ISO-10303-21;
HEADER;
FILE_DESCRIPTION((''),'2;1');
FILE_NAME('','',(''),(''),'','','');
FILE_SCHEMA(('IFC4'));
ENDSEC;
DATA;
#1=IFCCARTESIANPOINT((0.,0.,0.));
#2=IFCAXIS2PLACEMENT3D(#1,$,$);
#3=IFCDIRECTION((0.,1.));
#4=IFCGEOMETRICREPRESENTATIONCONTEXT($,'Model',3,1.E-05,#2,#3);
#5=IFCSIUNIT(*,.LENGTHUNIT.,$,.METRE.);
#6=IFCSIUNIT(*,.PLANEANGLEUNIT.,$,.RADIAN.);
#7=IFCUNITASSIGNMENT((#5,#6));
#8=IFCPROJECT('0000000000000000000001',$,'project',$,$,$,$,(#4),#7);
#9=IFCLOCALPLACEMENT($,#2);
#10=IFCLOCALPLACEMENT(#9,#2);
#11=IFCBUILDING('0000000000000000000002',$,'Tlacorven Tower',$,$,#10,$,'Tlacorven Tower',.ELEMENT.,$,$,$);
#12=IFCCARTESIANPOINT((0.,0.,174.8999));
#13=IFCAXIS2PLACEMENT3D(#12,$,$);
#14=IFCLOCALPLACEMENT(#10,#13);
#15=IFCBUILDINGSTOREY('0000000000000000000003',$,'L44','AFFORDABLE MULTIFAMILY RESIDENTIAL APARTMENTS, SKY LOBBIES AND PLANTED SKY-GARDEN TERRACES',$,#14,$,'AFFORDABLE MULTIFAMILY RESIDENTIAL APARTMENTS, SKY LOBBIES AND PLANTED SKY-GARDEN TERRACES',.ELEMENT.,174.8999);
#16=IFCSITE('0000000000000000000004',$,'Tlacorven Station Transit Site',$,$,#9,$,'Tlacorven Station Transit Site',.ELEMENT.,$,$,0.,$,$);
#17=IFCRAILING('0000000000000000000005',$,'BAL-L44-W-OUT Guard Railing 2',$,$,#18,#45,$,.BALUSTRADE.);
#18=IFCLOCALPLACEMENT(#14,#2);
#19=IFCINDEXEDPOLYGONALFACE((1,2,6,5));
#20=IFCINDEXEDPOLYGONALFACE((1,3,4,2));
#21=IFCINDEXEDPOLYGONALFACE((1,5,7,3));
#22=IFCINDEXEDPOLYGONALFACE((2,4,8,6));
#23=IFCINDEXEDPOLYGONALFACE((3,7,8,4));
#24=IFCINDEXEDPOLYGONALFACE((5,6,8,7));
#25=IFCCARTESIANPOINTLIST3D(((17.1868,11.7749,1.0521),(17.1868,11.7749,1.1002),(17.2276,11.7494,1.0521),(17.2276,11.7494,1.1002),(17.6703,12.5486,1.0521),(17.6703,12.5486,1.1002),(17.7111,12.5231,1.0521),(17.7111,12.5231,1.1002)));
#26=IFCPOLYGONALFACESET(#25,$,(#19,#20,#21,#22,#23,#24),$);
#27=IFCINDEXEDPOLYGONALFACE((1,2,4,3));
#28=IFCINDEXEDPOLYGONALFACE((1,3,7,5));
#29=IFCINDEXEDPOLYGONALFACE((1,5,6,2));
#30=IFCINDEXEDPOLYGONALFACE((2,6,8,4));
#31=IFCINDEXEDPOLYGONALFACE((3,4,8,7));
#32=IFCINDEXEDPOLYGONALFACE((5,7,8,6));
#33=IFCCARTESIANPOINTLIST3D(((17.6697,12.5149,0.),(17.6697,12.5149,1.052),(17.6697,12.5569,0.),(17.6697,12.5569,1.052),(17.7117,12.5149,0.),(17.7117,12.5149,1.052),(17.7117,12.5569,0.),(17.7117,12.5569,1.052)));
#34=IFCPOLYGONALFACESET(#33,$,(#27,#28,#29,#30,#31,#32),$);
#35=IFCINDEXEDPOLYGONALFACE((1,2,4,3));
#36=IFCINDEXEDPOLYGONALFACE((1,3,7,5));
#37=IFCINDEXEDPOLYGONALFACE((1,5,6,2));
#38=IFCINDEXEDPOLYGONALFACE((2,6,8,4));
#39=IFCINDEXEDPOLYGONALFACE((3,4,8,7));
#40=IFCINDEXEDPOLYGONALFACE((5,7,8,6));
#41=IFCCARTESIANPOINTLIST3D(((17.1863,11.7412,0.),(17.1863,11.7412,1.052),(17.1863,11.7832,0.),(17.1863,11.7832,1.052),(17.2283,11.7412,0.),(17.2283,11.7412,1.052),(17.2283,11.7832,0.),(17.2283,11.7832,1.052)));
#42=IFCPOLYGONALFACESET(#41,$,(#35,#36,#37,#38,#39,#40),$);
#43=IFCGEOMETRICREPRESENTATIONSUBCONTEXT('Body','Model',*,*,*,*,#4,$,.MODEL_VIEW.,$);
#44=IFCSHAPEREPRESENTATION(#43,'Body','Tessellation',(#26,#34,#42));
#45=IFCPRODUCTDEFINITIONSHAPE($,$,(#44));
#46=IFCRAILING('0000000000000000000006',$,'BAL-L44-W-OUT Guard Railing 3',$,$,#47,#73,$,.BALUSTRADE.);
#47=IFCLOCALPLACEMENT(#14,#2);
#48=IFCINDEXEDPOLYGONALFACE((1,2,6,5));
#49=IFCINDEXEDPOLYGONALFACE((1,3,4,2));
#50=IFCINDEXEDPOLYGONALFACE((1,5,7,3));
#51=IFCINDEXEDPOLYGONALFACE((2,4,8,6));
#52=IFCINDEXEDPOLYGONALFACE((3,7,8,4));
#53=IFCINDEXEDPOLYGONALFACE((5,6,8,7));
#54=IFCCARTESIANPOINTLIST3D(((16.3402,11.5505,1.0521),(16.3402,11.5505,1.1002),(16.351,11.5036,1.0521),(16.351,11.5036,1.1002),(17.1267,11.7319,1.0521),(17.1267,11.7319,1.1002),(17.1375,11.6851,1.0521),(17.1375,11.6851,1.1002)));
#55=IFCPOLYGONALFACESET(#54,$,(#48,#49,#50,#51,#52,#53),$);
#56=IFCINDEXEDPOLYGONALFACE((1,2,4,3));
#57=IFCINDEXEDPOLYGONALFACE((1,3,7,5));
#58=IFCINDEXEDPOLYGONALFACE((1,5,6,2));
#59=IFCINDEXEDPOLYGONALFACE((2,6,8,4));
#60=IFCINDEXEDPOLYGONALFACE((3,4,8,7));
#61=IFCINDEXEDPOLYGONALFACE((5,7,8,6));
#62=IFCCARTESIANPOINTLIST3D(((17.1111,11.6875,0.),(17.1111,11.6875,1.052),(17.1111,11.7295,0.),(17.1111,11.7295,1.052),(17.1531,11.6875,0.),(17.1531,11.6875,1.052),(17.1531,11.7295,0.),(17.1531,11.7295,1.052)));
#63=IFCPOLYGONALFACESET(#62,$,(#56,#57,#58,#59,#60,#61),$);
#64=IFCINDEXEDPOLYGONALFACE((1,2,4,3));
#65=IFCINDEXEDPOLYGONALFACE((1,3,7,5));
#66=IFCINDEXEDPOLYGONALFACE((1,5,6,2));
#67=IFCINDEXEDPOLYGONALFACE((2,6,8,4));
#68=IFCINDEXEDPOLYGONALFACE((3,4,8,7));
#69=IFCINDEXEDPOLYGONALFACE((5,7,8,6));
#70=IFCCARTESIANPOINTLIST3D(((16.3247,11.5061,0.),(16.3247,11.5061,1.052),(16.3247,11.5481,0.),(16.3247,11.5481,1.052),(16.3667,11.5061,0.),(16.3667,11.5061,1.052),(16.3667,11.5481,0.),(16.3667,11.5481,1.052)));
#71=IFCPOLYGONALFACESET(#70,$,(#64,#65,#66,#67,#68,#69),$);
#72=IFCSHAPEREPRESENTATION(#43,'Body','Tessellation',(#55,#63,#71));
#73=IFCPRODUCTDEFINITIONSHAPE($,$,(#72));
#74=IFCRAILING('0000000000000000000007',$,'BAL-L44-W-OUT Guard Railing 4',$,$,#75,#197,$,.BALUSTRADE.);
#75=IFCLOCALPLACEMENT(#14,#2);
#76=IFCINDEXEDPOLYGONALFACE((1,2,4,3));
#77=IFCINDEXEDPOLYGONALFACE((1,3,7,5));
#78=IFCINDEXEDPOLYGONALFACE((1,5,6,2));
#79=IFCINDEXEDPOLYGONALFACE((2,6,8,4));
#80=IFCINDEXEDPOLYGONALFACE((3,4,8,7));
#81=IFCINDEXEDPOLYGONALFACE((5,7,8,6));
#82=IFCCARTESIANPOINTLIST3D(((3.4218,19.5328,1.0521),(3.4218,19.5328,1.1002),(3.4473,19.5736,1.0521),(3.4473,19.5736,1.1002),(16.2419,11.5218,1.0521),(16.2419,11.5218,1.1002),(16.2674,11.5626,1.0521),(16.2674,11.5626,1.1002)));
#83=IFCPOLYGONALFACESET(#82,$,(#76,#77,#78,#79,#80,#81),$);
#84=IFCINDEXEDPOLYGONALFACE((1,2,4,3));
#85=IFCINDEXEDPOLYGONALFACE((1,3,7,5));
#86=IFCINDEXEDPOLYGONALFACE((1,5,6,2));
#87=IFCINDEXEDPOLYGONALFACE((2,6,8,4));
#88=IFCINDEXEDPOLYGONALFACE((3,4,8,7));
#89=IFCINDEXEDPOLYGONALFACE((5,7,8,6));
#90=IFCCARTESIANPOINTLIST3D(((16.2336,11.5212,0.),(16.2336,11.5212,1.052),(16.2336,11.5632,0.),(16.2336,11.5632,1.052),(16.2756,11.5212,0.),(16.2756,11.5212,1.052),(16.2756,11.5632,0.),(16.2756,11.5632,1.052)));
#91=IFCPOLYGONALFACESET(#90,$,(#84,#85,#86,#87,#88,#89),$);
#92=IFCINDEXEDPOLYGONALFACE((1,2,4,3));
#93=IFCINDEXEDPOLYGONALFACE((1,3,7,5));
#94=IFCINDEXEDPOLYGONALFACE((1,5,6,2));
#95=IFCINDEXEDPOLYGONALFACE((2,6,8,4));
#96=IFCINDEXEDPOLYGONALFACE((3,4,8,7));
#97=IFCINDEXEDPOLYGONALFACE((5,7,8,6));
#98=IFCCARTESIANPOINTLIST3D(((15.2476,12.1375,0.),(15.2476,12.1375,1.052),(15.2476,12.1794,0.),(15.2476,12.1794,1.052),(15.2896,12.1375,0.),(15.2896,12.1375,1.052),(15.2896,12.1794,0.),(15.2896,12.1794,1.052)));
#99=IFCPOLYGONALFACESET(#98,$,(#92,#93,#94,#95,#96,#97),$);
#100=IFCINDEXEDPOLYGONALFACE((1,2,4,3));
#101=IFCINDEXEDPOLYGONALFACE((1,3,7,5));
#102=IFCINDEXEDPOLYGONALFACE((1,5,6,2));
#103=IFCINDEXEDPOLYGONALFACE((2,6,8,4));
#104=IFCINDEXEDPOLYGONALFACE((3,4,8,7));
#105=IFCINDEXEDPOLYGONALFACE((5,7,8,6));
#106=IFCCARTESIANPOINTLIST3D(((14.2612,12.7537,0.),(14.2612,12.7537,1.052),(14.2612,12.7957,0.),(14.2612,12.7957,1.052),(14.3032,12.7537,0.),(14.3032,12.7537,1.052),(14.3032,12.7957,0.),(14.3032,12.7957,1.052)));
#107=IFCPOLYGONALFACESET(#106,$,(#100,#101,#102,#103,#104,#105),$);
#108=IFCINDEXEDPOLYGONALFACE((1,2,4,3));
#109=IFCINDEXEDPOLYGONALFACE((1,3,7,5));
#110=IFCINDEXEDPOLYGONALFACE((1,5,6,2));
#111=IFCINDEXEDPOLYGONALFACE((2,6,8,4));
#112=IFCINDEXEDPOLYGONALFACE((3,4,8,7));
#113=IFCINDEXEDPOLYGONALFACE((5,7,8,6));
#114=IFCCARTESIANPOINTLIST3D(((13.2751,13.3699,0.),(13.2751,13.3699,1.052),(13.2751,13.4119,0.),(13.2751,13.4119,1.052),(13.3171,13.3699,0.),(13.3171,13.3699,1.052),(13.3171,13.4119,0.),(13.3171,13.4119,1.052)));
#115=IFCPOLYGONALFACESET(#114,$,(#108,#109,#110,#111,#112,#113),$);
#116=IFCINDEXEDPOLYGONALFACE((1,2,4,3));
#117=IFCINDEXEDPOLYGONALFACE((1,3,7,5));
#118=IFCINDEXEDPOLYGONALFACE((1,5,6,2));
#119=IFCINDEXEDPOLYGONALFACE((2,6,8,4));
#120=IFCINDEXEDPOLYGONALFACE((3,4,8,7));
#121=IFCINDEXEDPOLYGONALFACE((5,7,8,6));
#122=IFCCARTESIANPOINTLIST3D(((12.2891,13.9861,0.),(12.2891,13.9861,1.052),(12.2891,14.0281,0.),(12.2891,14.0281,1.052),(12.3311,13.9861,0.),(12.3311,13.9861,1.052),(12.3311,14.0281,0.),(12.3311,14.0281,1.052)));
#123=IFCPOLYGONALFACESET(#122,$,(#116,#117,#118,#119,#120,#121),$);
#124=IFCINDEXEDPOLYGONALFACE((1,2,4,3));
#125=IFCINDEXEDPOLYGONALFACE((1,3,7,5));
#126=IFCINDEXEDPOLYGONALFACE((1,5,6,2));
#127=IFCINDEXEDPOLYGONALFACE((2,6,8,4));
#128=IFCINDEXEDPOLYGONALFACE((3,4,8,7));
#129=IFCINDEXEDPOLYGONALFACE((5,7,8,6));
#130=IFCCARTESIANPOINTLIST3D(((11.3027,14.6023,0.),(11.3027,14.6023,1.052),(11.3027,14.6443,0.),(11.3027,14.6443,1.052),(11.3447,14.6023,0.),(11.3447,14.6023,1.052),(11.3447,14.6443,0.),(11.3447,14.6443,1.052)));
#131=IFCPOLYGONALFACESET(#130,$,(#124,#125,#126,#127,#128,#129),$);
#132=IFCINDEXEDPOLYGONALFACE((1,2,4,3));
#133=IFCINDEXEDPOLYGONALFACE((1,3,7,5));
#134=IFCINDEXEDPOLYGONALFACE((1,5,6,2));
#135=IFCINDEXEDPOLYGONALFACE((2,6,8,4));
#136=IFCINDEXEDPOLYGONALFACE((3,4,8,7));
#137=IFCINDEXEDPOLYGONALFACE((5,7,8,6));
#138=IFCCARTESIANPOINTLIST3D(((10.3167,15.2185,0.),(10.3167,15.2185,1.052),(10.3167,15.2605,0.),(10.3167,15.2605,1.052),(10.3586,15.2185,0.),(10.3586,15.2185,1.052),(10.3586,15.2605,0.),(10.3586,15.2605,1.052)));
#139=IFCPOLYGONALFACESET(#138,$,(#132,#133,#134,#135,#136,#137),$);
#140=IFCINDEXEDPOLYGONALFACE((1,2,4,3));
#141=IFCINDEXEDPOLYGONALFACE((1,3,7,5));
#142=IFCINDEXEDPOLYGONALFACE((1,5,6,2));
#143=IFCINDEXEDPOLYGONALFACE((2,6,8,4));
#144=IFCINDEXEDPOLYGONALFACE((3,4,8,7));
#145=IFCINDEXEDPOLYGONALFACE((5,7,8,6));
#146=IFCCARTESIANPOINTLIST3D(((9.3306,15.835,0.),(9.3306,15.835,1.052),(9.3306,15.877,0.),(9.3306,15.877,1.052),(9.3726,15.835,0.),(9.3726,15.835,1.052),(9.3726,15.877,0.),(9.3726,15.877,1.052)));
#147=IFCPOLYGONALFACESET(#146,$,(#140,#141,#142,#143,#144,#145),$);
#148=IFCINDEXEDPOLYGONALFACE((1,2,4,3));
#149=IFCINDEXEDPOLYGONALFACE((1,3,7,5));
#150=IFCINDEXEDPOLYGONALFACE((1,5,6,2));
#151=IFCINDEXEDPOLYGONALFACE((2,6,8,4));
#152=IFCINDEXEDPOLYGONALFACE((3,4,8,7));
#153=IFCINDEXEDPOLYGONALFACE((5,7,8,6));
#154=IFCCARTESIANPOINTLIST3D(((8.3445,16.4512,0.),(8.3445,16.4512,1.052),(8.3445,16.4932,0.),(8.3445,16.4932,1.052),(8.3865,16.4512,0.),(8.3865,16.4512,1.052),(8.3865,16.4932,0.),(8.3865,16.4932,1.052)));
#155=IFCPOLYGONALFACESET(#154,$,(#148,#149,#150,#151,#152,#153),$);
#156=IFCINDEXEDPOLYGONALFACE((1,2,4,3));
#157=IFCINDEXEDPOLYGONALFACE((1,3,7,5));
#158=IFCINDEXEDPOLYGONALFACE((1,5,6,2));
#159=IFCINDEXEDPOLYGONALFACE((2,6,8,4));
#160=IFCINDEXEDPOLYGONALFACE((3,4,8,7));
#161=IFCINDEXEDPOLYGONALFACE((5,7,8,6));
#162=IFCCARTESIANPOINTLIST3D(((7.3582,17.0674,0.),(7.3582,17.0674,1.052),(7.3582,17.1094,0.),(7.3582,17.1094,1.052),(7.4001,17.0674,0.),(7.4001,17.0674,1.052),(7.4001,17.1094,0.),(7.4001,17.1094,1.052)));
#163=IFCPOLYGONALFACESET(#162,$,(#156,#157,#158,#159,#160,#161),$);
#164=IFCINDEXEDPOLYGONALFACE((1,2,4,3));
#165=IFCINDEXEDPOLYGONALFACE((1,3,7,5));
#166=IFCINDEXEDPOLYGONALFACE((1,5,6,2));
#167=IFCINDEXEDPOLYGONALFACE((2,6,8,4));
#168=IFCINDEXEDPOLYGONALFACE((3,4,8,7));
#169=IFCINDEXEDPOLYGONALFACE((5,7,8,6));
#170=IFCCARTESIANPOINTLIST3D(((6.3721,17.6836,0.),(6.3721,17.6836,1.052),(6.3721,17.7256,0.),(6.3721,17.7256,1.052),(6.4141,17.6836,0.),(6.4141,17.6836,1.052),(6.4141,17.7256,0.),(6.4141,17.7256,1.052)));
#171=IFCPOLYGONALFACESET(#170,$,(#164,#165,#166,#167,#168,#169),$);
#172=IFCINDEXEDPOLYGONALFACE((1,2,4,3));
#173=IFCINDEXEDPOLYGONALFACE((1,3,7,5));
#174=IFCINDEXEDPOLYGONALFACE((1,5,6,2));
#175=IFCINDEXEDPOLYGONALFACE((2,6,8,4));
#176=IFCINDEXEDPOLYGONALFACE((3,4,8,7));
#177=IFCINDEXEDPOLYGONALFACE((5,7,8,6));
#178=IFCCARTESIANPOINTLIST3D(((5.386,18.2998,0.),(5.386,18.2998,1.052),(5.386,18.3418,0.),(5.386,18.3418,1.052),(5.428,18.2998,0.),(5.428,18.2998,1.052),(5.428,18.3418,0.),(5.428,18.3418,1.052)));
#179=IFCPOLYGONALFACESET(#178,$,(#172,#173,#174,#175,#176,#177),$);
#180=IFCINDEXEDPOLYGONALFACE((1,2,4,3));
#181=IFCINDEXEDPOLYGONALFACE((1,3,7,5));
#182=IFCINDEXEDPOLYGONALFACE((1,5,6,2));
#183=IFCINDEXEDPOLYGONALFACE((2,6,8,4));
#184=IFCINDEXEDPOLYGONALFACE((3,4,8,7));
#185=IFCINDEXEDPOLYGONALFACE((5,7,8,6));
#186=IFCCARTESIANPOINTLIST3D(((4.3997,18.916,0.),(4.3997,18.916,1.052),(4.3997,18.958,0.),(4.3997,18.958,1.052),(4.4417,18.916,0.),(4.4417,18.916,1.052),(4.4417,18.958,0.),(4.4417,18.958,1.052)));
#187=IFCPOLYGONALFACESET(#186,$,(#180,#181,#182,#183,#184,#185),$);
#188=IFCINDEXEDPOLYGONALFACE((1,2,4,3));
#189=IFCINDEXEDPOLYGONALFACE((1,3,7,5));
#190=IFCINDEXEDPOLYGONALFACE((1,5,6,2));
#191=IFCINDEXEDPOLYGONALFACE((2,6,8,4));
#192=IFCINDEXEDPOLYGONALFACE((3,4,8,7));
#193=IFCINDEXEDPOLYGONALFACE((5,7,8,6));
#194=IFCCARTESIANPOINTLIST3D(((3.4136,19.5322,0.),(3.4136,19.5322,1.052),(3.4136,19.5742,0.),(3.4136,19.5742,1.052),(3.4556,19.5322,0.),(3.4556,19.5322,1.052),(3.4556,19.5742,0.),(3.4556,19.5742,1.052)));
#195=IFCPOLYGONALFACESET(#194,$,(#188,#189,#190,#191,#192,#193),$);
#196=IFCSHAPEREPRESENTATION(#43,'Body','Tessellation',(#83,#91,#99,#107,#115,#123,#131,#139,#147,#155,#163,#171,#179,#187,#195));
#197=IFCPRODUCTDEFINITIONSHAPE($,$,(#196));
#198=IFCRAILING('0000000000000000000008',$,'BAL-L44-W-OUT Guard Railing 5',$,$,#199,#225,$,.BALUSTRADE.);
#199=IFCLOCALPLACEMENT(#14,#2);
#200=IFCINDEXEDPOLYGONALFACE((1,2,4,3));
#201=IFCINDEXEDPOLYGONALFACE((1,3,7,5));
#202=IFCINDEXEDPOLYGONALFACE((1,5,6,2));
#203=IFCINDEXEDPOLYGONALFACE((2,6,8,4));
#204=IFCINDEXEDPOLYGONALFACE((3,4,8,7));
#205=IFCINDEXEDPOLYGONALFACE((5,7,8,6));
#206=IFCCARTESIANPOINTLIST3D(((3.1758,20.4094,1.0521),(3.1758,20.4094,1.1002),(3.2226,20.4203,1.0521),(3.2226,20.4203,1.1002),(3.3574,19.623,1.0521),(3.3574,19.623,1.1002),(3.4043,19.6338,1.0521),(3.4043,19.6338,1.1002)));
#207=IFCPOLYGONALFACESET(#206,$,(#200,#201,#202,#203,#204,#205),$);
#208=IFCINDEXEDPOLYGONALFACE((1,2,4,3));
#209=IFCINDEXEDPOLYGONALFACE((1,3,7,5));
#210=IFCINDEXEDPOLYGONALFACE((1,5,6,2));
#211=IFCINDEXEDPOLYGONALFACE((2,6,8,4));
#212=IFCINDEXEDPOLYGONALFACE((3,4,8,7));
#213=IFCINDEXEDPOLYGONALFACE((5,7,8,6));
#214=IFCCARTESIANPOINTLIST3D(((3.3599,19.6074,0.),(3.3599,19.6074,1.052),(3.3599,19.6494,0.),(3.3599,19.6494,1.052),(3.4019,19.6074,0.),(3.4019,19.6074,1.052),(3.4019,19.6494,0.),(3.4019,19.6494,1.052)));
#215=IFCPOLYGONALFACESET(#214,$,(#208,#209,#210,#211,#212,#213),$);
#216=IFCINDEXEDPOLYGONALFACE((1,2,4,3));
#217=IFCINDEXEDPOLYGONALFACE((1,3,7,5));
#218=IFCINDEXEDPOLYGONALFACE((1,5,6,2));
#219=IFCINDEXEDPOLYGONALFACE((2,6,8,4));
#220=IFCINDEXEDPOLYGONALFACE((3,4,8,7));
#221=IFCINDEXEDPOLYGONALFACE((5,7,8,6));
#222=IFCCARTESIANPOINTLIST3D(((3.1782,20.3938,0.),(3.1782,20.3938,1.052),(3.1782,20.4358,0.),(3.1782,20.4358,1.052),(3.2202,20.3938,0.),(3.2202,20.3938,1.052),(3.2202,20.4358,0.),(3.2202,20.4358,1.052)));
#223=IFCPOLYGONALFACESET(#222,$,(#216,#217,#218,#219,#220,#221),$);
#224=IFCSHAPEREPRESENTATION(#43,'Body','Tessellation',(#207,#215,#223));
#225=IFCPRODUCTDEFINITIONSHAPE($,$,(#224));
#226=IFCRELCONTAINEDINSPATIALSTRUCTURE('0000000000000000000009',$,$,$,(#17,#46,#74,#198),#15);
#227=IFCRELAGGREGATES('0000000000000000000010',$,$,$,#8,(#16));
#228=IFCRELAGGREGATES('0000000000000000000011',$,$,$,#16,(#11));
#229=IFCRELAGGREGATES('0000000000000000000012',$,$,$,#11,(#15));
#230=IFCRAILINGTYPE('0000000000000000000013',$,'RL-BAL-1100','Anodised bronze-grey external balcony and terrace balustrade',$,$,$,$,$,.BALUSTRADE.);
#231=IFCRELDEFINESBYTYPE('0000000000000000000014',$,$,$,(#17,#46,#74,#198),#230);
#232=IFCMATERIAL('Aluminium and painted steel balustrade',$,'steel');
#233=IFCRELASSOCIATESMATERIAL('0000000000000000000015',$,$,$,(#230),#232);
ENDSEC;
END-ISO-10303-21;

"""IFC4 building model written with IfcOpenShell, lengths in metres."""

from ifc_helpers import new_model, si_unit, direction, frame, origin, origin_2d, place, context, subcontext, project, spatial, rectangle, extrude, source, transform, mapped, material, type_object, element, save


model = new_model("IFC4")

# Units and contexts
model_context = context("Model", 3, precision=1e-05, world=origin(), true_north=direction((0.0, 1.0)))
body_context = subcontext(model_context, "Body", "Model", "MODEL_VIEW")
ifc_project = project(units=[si_unit("LENGTHUNIT", "METRE"), si_unit("PLANEANGLEUNIT", "RADIAN")], contexts=[model_context])

# Site, building, storey
site_placement = place(None, origin())
site = spatial("IfcSite", under=ifc_project, at=site_placement, Name="Tlacorven Station Transit Site", LongName="Tlacorven Station Transit Site", CompositionType="ELEMENT", RefElevation=0.0)
building_placement = place(site_placement, origin())
building = spatial("IfcBuilding", under=site, at=building_placement, Name="Tlacorven Tower", LongName="Tlacorven Tower", CompositionType="ELEMENT")
storey_placement = place(building_placement, frame((0.0, 0.0, 174.8999)))
storey = spatial("IfcBuildingStorey", under=building, at=storey_placement, Name="L44", Description="AFFORDABLE MULTIFAMILY RESIDENTIAL APARTMENTS, SKY LOBBIES AND PLANTED SKY-GARDEN TERRACES", LongName="AFFORDABLE MULTIFAMILY RESIDENTIAL APARTMENTS, SKY LOBBIES AND PLANTED SKY-GARDEN TERRACES", CompositionType="ELEMENT", Elevation=174.8999)

# Railings
ifc_material_1 = material(Name="Aluminium and painted steel balustrade", Category="steel")
railing_type = type_object("IfcRailingType", Name="RL-BAL-1100", Description="Anodised bronze-grey external balcony and terrace balustrade", PredefinedType="BALUSTRADE", material=ifc_material_1)
shared_shape_1 = source(origin(), body_context, "Body", "SweptSolid", [
    extrude(rectangle(XDim=0.0481, YDim=0.0481, at=origin_2d()), frame((0.0, 0.0, 1.0762), z_axis=(-0.529879, -0.848073, 0.0), x_axis=(0.848073, -0.529879, 0.0)), (0.0, 0.0, 1.0), 0.9124),
    extrude(rectangle(XDim=0.042, YDim=0.042, at=origin_2d()), origin(), (0.0, 0.0, 1.0), 1.052),
    extrude(rectangle(XDim=0.042, YDim=0.042, at=origin_2d()), frame((-0.4834, -0.7737, 0.0)), (0.0, 0.0, 1.0), 1.052),
])
railing_1_placement = place(storey_placement, frame((17.6907, 12.5359, 0.0)))
element("IfcRailing", 1, at=railing_1_placement, inside=storey, type_object=railing_type, Name="BAL-L44-W-OUT Guard Railing 2", PredefinedType="BALUSTRADE", context=body_context, shape_type="MappedRepresentation", body=[
    mapped(shared_shape_1, transform((0.0, 0.0, 0.0), scale=1.0)),
])
shared_shape_2 = source(origin(), body_context, "Body", "SweptSolid", [
    extrude(rectangle(XDim=0.0481, YDim=0.0481, at=origin_2d()), frame((0.0, 0.0, 1.0762), z_axis=(-0.974412, -0.224771, 0.0), x_axis=(0.224771, -0.974412, 0.0)), (0.0, 0.0, 1.0), 0.8071),
    extrude(rectangle(XDim=0.042, YDim=0.042, at=origin_2d()), origin(), (0.0, 0.0, 1.0), 1.052),
    extrude(rectangle(XDim=0.042, YDim=0.042, at=origin_2d()), frame((-0.7864, -0.1814, 0.0)), (0.0, 0.0, 1.0), 1.052),
])
railing_2_placement = place(storey_placement, frame((17.1321, 11.7085, 0.0)))
element("IfcRailing", 2, at=railing_2_placement, inside=storey, type_object=railing_type, Name="BAL-L44-W-OUT Guard Railing 3", PredefinedType="BALUSTRADE", context=body_context, shape_type="MappedRepresentation", body=[
    mapped(shared_shape_2, transform((0.0, 0.0, 0.0), scale=1.0)),
])
shared_shape_3 = source(origin(), body_context, "Body", "SweptSolid", [
    extrude(rectangle(XDim=0.0481, YDim=0.0481, at=origin_2d()), frame((0.0, 0.0, 1.0762), z_axis=(-0.848045, 0.529925, 0.0), x_axis=(-0.529925, -0.848045, 0.0)), (0.0, 0.0, 1.0), 15.1172),
    extrude(rectangle(XDim=0.042, YDim=0.042, at=origin_2d()), origin(), (0.0, 0.0, 1.0), 1.052),
    extrude(rectangle(XDim=0.042, YDim=0.042, at=origin_2d()), frame((-0.9861, 0.6162, 0.0)), (0.0, 0.0, 1.0), 1.052),
    extrude(rectangle(XDim=0.042, YDim=0.042, at=origin_2d()), frame((-1.9724, 1.2324, 0.0)), (0.0, 0.0, 1.0), 1.052),
    extrude(rectangle(XDim=0.042, YDim=0.042, at=origin_2d()), frame((-2.9585, 1.8486, 0.0)), (0.0, 0.0, 1.0), 1.052),
    extrude(rectangle(XDim=0.042, YDim=0.042, at=origin_2d()), frame((-3.9446, 2.4648, 0.0)), (0.0, 0.0, 1.0), 1.052),
    extrude(rectangle(XDim=0.042, YDim=0.042, at=origin_2d()), frame((-4.9309, 3.0811, 0.0)), (0.0, 0.0, 1.0), 1.052),
    extrude(rectangle(XDim=0.042, YDim=0.042, at=origin_2d()), frame((-5.917, 3.6973, 0.0)), (0.0, 0.0, 1.0), 1.052),
    extrude(rectangle(XDim=0.042, YDim=0.042, at=origin_2d()), frame((-6.9031, 4.3137, 0.0)), (0.0, 0.0, 1.0), 1.052),
    extrude(rectangle(XDim=0.042, YDim=0.042, at=origin_2d()), frame((-7.8892, 4.9299, 0.0)), (0.0, 0.0, 1.0), 1.052),
    extrude(rectangle(XDim=0.042, YDim=0.042, at=origin_2d()), frame((-8.8755, 5.5461, 0.0)), (0.0, 0.0, 1.0), 1.052),
    extrude(rectangle(XDim=0.042, YDim=0.042, at=origin_2d()), frame((-9.8616, 6.1624, 0.0)), (0.0, 0.0, 1.0), 1.052),
    extrude(rectangle(XDim=0.042, YDim=0.042, at=origin_2d()), frame((-10.8477, 6.7786, 0.0)), (0.0, 0.0, 1.0), 1.052),
    extrude(rectangle(XDim=0.042, YDim=0.042, at=origin_2d()), frame((-11.834, 7.3948, 0.0)), (0.0, 0.0, 1.0), 1.052),
    extrude(rectangle(XDim=0.042, YDim=0.042, at=origin_2d()), frame((-12.8201, 8.011, 0.0)), (0.0, 0.0, 1.0), 1.052),
])
railing_3_placement = place(storey_placement, frame((16.2546, 11.5422, 0.0)))
element("IfcRailing", 3, at=railing_3_placement, inside=storey, type_object=railing_type, Name="BAL-L44-W-OUT Guard Railing 4", PredefinedType="BALUSTRADE", context=body_context, shape_type="MappedRepresentation", body=[
    mapped(shared_shape_3, transform((0.0, 0.0, 0.0), scale=1.0)),
])
shared_shape_4 = source(origin(), body_context, "Body", "SweptSolid", [
    extrude(rectangle(XDim=0.0481, YDim=0.0481, at=origin_2d()), frame((0.0, 0.0, 1.0762), z_axis=(-0.225058, 0.974345, 0.0), x_axis=(-0.974345, -0.225058, 0.0)), (0.0, 0.0, 1.0), 0.8071),
    extrude(rectangle(XDim=0.042, YDim=0.042, at=origin_2d()), origin(), (0.0, 0.0, 1.0), 1.052),
    extrude(rectangle(XDim=0.042, YDim=0.042, at=origin_2d()), frame((-0.1816, 0.7864, 0.0)), (0.0, 0.0, 1.0), 1.052),
])
railing_4_placement = place(storey_placement, frame((3.3809, 19.6284, 0.0)))
element("IfcRailing", 4, at=railing_4_placement, inside=storey, type_object=railing_type, Name="BAL-L44-W-OUT Guard Railing 5", PredefinedType="BALUSTRADE", context=body_context, shape_type="MappedRepresentation", body=[
    mapped(shared_shape_4, transform((0.0, 0.0, 0.0), scale=1.0)),
])

save(model, "model.ifc")
